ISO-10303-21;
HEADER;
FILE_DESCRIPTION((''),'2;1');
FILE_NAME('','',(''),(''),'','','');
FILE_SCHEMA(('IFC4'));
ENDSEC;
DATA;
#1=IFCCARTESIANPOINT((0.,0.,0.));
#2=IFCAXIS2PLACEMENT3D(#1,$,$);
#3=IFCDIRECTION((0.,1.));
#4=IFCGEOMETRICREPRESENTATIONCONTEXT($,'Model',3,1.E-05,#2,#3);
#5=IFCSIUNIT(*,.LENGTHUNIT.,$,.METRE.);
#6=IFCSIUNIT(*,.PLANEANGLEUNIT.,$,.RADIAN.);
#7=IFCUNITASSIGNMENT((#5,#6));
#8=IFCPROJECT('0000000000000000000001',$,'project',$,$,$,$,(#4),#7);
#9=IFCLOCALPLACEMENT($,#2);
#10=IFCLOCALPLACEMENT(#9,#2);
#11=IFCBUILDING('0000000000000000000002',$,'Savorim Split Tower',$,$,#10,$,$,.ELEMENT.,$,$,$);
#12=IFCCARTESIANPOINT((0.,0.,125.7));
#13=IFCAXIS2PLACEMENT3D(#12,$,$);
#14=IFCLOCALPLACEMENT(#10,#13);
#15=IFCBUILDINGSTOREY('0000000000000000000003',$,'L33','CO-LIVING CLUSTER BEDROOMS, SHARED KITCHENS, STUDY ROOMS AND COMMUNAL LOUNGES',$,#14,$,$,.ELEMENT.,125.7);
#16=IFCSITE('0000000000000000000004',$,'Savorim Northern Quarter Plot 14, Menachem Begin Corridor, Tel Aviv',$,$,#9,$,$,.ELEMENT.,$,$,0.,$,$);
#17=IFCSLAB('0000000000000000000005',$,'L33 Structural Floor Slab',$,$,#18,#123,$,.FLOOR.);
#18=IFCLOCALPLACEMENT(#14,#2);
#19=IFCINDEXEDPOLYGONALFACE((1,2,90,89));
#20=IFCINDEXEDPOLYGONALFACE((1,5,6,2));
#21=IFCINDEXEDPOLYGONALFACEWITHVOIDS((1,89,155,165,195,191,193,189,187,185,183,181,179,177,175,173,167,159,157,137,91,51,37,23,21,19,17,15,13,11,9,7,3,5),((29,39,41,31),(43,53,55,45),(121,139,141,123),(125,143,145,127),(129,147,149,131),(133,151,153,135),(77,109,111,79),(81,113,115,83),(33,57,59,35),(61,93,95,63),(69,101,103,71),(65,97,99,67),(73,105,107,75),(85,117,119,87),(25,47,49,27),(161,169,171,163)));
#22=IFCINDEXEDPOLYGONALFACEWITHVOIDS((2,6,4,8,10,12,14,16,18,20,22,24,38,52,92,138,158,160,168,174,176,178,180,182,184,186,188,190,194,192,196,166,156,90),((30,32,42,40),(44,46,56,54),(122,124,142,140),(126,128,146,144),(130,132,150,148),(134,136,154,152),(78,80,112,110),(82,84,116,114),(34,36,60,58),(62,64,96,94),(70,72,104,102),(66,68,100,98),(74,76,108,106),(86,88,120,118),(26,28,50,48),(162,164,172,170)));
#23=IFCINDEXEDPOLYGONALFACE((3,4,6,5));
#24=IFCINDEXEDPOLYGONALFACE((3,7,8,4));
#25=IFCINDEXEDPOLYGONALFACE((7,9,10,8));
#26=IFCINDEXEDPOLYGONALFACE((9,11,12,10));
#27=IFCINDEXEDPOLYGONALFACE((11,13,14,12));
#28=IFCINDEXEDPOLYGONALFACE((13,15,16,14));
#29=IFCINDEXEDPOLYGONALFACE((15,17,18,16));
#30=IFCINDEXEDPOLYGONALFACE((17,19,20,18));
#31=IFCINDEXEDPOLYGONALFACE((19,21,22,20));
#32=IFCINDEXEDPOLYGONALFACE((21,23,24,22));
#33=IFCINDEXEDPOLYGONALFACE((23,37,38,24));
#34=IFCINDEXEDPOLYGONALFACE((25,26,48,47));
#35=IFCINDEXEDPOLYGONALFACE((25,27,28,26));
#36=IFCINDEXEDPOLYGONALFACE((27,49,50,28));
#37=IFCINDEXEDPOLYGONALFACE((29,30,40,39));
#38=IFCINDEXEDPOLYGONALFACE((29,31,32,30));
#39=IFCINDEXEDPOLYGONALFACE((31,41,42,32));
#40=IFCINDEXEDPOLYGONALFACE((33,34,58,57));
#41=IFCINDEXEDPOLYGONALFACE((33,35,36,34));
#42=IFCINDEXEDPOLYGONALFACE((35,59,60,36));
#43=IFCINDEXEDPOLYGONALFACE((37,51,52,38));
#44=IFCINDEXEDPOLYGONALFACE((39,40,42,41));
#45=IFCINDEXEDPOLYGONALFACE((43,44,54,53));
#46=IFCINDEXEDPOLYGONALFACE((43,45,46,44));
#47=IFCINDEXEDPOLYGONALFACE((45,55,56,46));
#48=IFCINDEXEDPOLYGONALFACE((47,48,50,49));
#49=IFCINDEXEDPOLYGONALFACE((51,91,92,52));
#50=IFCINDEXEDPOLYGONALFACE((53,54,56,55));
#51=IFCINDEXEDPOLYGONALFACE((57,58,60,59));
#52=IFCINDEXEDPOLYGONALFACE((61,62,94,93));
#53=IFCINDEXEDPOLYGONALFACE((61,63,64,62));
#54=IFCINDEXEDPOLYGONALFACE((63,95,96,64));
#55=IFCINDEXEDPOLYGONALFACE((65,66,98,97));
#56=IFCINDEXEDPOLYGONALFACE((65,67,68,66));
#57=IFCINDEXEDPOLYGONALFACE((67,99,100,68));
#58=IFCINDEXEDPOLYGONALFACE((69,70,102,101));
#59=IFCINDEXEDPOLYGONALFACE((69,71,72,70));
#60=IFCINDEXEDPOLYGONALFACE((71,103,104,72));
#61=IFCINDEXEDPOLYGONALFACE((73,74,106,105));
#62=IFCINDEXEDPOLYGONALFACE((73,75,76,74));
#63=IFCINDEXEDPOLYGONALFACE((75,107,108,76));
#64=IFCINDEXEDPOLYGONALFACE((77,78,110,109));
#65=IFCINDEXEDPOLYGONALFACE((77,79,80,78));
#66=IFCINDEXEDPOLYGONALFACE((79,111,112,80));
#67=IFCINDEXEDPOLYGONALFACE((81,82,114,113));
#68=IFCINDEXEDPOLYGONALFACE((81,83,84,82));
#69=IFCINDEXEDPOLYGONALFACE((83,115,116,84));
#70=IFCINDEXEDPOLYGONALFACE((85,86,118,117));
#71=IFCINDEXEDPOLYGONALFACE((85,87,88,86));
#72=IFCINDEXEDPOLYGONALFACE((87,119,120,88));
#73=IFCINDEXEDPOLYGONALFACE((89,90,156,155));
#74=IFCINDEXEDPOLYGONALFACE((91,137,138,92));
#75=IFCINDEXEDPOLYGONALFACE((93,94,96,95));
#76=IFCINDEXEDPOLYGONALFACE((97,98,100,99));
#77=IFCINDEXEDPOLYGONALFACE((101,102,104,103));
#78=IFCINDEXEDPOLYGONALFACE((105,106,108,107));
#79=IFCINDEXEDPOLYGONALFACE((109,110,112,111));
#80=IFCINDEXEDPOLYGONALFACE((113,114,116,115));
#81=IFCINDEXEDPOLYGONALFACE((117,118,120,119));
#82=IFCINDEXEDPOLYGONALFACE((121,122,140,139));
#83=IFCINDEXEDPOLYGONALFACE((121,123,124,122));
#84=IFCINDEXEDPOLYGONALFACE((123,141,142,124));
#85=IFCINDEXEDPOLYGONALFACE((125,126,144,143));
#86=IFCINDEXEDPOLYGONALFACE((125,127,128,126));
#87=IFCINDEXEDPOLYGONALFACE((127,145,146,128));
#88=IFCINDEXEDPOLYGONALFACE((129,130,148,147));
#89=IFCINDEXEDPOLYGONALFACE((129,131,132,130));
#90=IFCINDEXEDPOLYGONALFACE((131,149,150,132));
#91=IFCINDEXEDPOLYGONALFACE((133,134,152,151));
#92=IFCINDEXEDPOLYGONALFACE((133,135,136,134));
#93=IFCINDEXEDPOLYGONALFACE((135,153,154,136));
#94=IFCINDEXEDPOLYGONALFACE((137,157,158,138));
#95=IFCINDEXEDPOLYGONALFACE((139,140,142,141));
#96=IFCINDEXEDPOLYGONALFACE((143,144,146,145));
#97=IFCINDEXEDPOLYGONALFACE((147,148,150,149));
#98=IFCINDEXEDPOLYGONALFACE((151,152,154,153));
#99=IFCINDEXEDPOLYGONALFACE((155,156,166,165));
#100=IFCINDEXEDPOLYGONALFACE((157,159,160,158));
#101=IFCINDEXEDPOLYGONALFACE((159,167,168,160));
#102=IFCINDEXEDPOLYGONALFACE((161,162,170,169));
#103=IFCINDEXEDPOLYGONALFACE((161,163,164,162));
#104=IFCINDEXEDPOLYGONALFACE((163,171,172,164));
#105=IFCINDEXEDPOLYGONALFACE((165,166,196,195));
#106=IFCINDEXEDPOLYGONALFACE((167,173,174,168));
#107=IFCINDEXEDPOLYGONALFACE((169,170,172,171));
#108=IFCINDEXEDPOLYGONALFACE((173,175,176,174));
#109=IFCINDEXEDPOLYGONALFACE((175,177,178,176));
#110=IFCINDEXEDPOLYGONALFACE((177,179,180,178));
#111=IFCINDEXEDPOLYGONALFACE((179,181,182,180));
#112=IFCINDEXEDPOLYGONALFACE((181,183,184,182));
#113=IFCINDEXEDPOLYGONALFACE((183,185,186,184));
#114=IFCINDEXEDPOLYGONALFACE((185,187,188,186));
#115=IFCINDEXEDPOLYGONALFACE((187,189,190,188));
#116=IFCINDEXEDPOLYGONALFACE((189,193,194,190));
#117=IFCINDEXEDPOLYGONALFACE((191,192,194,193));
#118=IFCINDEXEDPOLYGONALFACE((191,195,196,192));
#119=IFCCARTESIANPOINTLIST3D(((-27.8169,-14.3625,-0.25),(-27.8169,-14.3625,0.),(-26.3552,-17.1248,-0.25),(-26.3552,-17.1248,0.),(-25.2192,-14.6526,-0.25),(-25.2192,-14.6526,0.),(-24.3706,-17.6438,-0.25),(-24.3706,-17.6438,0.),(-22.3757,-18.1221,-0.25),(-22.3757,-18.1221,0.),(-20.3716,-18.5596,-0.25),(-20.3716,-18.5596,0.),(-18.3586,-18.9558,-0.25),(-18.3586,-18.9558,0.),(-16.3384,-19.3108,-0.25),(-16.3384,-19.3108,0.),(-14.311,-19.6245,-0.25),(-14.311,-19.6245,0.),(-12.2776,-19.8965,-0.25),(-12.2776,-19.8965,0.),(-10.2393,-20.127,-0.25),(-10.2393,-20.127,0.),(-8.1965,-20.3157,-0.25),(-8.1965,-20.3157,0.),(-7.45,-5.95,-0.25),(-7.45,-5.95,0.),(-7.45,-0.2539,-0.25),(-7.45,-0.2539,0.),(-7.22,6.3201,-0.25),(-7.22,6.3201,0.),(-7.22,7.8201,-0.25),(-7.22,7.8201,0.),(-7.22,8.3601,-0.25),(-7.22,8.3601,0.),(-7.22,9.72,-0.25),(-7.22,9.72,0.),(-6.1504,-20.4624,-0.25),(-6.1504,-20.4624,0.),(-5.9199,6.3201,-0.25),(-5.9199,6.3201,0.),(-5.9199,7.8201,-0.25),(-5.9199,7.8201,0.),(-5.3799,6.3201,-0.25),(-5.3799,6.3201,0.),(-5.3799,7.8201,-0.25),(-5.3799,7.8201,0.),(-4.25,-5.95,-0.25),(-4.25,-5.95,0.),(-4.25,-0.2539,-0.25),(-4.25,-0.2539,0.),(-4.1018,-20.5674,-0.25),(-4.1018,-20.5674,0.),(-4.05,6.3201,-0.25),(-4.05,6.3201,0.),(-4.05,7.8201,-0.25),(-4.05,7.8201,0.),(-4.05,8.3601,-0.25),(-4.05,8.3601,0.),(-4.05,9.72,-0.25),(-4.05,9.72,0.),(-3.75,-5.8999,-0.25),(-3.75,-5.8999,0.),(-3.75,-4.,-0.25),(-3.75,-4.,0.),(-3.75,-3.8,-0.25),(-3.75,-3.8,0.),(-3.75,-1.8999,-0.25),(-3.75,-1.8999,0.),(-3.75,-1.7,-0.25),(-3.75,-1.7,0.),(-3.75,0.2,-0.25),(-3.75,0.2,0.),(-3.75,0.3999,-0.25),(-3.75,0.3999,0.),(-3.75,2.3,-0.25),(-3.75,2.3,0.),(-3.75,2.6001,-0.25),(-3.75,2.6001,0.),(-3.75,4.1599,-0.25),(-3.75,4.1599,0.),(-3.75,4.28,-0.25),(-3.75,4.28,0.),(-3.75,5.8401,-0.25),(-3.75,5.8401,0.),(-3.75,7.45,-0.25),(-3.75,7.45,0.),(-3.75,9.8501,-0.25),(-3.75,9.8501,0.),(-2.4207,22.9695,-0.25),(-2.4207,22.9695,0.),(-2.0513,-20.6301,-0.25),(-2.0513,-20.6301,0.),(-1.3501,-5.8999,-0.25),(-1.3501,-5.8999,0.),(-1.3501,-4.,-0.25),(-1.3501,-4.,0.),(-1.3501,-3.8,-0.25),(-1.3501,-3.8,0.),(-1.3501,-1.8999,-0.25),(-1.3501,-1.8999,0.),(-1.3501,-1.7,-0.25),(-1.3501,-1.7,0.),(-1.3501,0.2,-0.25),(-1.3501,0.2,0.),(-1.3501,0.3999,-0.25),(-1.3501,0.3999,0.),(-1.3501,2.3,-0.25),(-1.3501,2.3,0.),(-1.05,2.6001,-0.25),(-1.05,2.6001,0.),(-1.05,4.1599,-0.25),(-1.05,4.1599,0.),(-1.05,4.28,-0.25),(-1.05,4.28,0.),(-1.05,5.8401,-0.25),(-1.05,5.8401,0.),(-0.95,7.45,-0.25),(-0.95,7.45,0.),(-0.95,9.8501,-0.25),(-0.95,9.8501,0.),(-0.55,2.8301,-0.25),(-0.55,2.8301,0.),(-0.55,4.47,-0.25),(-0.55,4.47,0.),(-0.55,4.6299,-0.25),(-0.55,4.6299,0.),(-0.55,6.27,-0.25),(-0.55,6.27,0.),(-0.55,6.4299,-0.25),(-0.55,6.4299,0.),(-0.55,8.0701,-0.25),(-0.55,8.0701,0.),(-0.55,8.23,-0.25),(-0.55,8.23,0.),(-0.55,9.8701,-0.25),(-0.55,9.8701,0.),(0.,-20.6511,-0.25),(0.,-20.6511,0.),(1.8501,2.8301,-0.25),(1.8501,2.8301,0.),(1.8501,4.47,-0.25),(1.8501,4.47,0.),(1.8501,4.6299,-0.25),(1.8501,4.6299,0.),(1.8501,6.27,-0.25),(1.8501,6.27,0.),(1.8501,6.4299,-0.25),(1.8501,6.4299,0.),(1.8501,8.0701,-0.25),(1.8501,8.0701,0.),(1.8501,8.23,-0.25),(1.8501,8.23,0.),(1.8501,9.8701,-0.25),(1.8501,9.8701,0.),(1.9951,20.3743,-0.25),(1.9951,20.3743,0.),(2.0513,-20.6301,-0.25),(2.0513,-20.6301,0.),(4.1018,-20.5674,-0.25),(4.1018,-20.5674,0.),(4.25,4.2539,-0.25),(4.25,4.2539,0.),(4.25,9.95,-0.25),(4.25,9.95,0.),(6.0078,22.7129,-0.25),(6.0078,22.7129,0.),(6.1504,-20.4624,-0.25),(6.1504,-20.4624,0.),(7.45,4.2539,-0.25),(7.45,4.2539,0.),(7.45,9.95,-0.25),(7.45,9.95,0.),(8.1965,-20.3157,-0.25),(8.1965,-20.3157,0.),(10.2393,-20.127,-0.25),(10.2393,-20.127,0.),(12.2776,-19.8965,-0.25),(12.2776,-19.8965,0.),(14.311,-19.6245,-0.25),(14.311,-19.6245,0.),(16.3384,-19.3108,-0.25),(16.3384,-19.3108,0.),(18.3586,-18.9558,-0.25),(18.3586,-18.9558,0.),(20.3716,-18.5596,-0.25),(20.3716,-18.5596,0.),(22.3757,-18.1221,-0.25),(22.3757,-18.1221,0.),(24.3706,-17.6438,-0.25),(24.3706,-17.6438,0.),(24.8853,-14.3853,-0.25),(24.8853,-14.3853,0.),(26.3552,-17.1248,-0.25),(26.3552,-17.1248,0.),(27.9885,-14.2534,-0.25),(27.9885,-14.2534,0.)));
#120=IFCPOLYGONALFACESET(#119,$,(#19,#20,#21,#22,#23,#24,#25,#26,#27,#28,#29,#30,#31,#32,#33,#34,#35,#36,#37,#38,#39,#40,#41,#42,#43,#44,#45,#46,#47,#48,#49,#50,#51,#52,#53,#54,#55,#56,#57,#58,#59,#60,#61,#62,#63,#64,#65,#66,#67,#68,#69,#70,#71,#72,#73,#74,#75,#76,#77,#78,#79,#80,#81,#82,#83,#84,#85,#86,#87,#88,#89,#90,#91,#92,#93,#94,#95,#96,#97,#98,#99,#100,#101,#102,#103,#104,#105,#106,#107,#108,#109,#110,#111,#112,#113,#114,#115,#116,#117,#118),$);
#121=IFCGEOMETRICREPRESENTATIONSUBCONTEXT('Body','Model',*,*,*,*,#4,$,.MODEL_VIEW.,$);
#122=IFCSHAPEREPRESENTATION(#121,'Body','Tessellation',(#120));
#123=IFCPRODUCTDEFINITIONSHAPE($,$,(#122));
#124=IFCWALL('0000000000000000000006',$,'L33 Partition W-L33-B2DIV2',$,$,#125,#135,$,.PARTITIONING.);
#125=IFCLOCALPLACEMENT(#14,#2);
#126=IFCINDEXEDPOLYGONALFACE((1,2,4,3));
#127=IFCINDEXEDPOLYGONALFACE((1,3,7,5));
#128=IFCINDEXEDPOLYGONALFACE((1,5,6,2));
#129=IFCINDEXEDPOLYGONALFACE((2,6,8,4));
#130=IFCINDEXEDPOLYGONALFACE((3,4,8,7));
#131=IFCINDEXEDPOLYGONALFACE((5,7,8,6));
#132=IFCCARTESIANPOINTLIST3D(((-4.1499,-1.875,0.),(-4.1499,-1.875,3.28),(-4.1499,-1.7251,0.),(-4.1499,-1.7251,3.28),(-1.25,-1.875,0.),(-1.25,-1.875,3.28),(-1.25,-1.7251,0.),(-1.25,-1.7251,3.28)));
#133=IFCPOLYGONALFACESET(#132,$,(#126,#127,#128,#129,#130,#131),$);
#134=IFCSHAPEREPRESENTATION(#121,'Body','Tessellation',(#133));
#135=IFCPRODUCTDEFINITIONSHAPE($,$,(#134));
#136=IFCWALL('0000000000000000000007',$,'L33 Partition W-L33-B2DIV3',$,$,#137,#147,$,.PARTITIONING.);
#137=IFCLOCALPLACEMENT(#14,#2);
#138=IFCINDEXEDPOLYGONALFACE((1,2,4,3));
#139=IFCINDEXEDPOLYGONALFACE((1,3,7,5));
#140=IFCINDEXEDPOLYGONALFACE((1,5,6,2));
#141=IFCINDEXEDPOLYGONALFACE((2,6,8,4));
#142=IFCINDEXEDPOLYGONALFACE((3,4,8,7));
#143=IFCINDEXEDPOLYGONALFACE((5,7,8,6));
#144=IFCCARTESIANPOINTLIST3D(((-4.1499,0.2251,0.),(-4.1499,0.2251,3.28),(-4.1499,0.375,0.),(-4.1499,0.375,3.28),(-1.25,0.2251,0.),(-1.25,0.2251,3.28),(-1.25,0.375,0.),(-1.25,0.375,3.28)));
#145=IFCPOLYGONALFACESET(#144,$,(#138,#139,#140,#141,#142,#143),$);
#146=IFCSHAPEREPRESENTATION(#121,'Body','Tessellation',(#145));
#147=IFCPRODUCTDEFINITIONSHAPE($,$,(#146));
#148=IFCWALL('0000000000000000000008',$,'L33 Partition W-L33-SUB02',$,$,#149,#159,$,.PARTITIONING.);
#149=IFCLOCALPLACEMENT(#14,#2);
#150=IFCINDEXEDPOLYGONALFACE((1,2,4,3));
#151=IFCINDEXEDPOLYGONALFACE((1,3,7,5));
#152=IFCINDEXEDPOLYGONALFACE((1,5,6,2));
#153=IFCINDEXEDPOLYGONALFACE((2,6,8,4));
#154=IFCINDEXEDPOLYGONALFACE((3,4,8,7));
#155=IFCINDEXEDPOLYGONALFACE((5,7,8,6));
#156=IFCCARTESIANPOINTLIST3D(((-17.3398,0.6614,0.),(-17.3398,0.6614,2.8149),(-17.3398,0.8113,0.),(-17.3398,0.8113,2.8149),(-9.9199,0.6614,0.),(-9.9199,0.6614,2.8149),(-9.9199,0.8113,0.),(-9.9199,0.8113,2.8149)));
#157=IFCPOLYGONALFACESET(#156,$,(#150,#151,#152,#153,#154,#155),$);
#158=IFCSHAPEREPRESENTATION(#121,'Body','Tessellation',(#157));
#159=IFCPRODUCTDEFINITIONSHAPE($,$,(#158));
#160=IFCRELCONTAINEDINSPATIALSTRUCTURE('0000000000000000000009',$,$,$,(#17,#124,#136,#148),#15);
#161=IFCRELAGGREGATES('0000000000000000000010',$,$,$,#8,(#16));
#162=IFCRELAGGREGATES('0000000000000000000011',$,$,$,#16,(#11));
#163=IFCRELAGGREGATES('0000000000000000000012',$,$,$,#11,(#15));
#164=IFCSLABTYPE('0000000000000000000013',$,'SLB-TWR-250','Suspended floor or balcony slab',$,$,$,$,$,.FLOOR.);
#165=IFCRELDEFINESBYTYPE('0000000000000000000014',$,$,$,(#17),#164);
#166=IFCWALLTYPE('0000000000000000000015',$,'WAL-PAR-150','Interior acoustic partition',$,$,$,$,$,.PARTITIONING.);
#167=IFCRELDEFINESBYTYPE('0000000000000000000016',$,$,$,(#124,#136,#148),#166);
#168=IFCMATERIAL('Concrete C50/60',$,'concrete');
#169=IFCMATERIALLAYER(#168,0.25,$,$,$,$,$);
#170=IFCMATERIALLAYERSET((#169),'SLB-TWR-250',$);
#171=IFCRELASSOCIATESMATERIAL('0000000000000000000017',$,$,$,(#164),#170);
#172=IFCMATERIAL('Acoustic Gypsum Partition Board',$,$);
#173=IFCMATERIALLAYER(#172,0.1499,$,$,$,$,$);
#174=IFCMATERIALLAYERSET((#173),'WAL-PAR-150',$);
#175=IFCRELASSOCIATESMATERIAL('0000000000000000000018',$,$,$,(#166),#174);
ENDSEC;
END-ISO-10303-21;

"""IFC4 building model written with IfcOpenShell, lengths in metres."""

from ifc_helpers import new_model, si_unit, direction, frame, frame_2d, origin, place, context, subcontext, project, spatial, polyline, rectangle, outline, extrude, material, layer, layer_set, type_object, element, save


model = new_model("IFC4")

# Units and contexts
model_context = context("Model", 3, precision=1e-05, world=origin(), true_north=direction((0.0, 1.0)))
body_context = subcontext(model_context, "Body", "Model", "MODEL_VIEW")
ifc_project = project(units=[si_unit("LENGTHUNIT", "METRE"), si_unit("PLANEANGLEUNIT", "RADIAN")], contexts=[model_context])

# Site, building, storey
site_placement = place(None, origin())
site = spatial("IfcSite", under=ifc_project, at=site_placement, Name="Savorim Northern Quarter Plot 14, Menachem Begin Corridor, Tel Aviv", CompositionType="ELEMENT", RefElevation=0.0)
building_placement = place(site_placement, origin())
building = spatial("IfcBuilding", under=site, at=building_placement, Name="Savorim Split Tower", CompositionType="ELEMENT")
storey_placement = place(building_placement, frame((0.0, 0.0, 125.7)))
storey = spatial("IfcBuildingStorey", under=building, at=storey_placement, Name="L33", Description="CO-LIVING CLUSTER BEDROOMS, SHARED KITCHENS, STUDY ROOMS AND COMMUNAL LOUNGES", CompositionType="ELEMENT", Elevation=125.7)

# Slab
ifc_material_1 = material(Name="Concrete C50/60", Category="concrete")
ifc_layer_1 = layer(ifc_material_1, 0.25)
ifc_layer_set_1 = layer_set([ifc_layer_1], Name="SLB-TWR-250")
slab_type_1 = type_object("IfcSlabType", Name="SLB-TWR-250", Description="Suspended floor or balcony slab", PredefinedType="FLOOR", material=ifc_layer_set_1)
slab_1_placement = place(storey_placement, frame((0.0, 0.0, -0.25)))
element("IfcSlab", 1, at=slab_1_placement, inside=storey, type_object=slab_type_1, Name="L33 Structural Floor Slab", PredefinedType="FLOOR", context=body_context, shape_type="SweptSolid", body=[
    extrude(outline(polyline([(-26.3552, -17.1248), (-24.3706, -17.6438), (-22.3757, -18.1221), (-20.3716, -18.5596), (-18.3586, -18.9558), (-16.3384, -19.3108), (-14.311, -19.6245), (-12.2776, -19.8965), (-10.2393, -20.127), (-8.1965, -20.3157), (-6.1504, -20.4624), (-4.1018, -20.5674), (-2.0513, -20.6301), (0.0, -20.6511), (2.0513, -20.6301), (4.1018, -20.5674), (6.1504, -20.4624), (8.1965, -20.3157), (10.2393, -20.127), (12.2776, -19.8965), (14.311, -19.6245), (16.3384, -19.3108), (18.3586, -18.9558), (20.3716, -18.5596), (22.3757, -18.1221), (24.3706, -17.6438), (26.3552, -17.1248), (24.8853, -14.3853), (27.9885, -14.2534), (6.0078, 22.7129), (1.9951, 20.3743), (-2.4207, 22.9695), (-27.8169, -14.3625), (-25.2192, -14.6526), (-26.3552, -17.1248)]), holes=[polyline([(-7.45, -0.2539), (-7.45, -5.95), (-4.25, -5.95), (-4.25, -0.2539), (-7.45, -0.2539)]), polyline([(7.45, 4.2539), (7.45, 9.95), (4.25, 9.95), (4.25, 4.2539), (7.45, 4.2539)]), polyline([(-3.75, -5.8999), (-1.3501, -5.8999), (-1.3501, -4.0), (-3.75, -4.0), (-3.75, -5.8999)]), polyline([(-3.75, -3.8), (-1.3501, -3.8), (-1.3501, -1.8999), (-3.75, -1.8999), (-3.75, -3.8)]), polyline([(-3.75, -1.7), (-1.3501, -1.7), (-1.3501, 0.2), (-3.75, 0.2), (-3.75, -1.7)]), polyline([(-3.75, 0.3999), (-1.3501, 0.3999), (-1.3501, 2.3), (-3.75, 2.3), (-3.75, 0.3999)]), polyline([(-0.55, 2.8301), (1.8501, 2.8301), (1.8501, 4.47), (-0.55, 4.47), (-0.55, 2.8301)]), polyline([(-0.55, 4.6299), (1.8501, 4.6299), (1.8501, 6.27), (-0.55, 6.27), (-0.55, 4.6299)]), polyline([(-0.55, 6.4299), (1.8501, 6.4299), (1.8501, 8.0701), (-0.55, 8.0701), (-0.55, 6.4299)]), polyline([(-0.55, 8.23), (1.8501, 8.23), (1.8501, 9.8701), (-0.55, 9.8701), (-0.55, 8.23)]), polyline([(-3.75, 2.6001), (-1.05, 2.6001), (-1.05, 4.1599), (-3.75, 4.1599), (-3.75, 2.6001)]), polyline([(-3.75, 4.28), (-1.05, 4.28), (-1.05, 5.8401), (-3.75, 5.8401), (-3.75, 4.28)]), polyline([(-3.75, 7.45), (-0.95, 7.45), (-0.95, 9.8501), (-3.75, 9.8501), (-3.75, 7.45)]), polyline([(-7.22, 6.3201), (-5.9199, 6.3201), (-5.9199, 7.8201), (-7.22, 7.8201), (-7.22, 6.3201)]), polyline([(-5.3799, 6.3201), (-4.05, 6.3201), (-4.05, 7.8201), (-5.3799, 7.8201), (-5.3799, 6.3201)]), polyline([(-7.22, 8.3601), (-4.05, 8.3601), (-4.05, 9.72), (-7.22, 9.72), (-7.22, 8.3601)])]), origin(), (0.0, 0.0, 1.0), 0.25),
])

# Walls
ifc_material_2 = material(Name="Acoustic Gypsum Partition Board")
ifc_layer_2 = layer(ifc_material_2, 0.1499)
ifc_layer_set_2 = layer_set([ifc_layer_2], Name="WAL-PAR-150")
wall_type_1 = type_object("IfcWallType", Name="WAL-PAR-150", Description="Interior acoustic partition", PredefinedType="PARTITIONING", material=ifc_layer_set_2)
for number, where, z_axis, x_axis, name in (
    (2, (-4.1499, -1.8, 0.0), (0.0, 0.0, 1.0), (1.0, 0.0, 0.0), "L33 Partition W-L33-B2DIV2"),
    (3, (-4.1499, 0.3, 0.0), (0.0, 0.0, 1.0), (1.0, 0.0, 0.0), "L33 Partition W-L33-B2DIV3"),
):
    element("IfcWall", number, at=place(storey_placement, frame(where, z_axis=z_axis, x_axis=x_axis)), inside=storey, type_object=wall_type_1, Name=name, PredefinedType="PARTITIONING", context=body_context, shape_type="SweptSolid", body=[
        extrude(rectangle(XDim=2.8999, YDim=0.1499, at=frame_2d((1.45, 0.0))), origin(), (0.0, 0.0, 1.0), 3.28),
    ])
wall_1_placement = place(storey_placement, frame((-9.9199, 0.7363, 0.0), z_axis=(0.0, 0.0, 1.0), x_axis=(-1.0, 0.0, 0.0)))
element("IfcWall", 4, at=wall_1_placement, inside=storey, type_object=wall_type_1, Name="L33 Partition W-L33-SUB02", PredefinedType="PARTITIONING", context=body_context, shape_type="SweptSolid", body=[
    extrude(rectangle(XDim=7.4199, YDim=0.1499, at=frame_2d((3.71, 0.0))), origin(), (0.0, 0.0, 1.0), 2.8149),
])

save(model, "model.ifc")
